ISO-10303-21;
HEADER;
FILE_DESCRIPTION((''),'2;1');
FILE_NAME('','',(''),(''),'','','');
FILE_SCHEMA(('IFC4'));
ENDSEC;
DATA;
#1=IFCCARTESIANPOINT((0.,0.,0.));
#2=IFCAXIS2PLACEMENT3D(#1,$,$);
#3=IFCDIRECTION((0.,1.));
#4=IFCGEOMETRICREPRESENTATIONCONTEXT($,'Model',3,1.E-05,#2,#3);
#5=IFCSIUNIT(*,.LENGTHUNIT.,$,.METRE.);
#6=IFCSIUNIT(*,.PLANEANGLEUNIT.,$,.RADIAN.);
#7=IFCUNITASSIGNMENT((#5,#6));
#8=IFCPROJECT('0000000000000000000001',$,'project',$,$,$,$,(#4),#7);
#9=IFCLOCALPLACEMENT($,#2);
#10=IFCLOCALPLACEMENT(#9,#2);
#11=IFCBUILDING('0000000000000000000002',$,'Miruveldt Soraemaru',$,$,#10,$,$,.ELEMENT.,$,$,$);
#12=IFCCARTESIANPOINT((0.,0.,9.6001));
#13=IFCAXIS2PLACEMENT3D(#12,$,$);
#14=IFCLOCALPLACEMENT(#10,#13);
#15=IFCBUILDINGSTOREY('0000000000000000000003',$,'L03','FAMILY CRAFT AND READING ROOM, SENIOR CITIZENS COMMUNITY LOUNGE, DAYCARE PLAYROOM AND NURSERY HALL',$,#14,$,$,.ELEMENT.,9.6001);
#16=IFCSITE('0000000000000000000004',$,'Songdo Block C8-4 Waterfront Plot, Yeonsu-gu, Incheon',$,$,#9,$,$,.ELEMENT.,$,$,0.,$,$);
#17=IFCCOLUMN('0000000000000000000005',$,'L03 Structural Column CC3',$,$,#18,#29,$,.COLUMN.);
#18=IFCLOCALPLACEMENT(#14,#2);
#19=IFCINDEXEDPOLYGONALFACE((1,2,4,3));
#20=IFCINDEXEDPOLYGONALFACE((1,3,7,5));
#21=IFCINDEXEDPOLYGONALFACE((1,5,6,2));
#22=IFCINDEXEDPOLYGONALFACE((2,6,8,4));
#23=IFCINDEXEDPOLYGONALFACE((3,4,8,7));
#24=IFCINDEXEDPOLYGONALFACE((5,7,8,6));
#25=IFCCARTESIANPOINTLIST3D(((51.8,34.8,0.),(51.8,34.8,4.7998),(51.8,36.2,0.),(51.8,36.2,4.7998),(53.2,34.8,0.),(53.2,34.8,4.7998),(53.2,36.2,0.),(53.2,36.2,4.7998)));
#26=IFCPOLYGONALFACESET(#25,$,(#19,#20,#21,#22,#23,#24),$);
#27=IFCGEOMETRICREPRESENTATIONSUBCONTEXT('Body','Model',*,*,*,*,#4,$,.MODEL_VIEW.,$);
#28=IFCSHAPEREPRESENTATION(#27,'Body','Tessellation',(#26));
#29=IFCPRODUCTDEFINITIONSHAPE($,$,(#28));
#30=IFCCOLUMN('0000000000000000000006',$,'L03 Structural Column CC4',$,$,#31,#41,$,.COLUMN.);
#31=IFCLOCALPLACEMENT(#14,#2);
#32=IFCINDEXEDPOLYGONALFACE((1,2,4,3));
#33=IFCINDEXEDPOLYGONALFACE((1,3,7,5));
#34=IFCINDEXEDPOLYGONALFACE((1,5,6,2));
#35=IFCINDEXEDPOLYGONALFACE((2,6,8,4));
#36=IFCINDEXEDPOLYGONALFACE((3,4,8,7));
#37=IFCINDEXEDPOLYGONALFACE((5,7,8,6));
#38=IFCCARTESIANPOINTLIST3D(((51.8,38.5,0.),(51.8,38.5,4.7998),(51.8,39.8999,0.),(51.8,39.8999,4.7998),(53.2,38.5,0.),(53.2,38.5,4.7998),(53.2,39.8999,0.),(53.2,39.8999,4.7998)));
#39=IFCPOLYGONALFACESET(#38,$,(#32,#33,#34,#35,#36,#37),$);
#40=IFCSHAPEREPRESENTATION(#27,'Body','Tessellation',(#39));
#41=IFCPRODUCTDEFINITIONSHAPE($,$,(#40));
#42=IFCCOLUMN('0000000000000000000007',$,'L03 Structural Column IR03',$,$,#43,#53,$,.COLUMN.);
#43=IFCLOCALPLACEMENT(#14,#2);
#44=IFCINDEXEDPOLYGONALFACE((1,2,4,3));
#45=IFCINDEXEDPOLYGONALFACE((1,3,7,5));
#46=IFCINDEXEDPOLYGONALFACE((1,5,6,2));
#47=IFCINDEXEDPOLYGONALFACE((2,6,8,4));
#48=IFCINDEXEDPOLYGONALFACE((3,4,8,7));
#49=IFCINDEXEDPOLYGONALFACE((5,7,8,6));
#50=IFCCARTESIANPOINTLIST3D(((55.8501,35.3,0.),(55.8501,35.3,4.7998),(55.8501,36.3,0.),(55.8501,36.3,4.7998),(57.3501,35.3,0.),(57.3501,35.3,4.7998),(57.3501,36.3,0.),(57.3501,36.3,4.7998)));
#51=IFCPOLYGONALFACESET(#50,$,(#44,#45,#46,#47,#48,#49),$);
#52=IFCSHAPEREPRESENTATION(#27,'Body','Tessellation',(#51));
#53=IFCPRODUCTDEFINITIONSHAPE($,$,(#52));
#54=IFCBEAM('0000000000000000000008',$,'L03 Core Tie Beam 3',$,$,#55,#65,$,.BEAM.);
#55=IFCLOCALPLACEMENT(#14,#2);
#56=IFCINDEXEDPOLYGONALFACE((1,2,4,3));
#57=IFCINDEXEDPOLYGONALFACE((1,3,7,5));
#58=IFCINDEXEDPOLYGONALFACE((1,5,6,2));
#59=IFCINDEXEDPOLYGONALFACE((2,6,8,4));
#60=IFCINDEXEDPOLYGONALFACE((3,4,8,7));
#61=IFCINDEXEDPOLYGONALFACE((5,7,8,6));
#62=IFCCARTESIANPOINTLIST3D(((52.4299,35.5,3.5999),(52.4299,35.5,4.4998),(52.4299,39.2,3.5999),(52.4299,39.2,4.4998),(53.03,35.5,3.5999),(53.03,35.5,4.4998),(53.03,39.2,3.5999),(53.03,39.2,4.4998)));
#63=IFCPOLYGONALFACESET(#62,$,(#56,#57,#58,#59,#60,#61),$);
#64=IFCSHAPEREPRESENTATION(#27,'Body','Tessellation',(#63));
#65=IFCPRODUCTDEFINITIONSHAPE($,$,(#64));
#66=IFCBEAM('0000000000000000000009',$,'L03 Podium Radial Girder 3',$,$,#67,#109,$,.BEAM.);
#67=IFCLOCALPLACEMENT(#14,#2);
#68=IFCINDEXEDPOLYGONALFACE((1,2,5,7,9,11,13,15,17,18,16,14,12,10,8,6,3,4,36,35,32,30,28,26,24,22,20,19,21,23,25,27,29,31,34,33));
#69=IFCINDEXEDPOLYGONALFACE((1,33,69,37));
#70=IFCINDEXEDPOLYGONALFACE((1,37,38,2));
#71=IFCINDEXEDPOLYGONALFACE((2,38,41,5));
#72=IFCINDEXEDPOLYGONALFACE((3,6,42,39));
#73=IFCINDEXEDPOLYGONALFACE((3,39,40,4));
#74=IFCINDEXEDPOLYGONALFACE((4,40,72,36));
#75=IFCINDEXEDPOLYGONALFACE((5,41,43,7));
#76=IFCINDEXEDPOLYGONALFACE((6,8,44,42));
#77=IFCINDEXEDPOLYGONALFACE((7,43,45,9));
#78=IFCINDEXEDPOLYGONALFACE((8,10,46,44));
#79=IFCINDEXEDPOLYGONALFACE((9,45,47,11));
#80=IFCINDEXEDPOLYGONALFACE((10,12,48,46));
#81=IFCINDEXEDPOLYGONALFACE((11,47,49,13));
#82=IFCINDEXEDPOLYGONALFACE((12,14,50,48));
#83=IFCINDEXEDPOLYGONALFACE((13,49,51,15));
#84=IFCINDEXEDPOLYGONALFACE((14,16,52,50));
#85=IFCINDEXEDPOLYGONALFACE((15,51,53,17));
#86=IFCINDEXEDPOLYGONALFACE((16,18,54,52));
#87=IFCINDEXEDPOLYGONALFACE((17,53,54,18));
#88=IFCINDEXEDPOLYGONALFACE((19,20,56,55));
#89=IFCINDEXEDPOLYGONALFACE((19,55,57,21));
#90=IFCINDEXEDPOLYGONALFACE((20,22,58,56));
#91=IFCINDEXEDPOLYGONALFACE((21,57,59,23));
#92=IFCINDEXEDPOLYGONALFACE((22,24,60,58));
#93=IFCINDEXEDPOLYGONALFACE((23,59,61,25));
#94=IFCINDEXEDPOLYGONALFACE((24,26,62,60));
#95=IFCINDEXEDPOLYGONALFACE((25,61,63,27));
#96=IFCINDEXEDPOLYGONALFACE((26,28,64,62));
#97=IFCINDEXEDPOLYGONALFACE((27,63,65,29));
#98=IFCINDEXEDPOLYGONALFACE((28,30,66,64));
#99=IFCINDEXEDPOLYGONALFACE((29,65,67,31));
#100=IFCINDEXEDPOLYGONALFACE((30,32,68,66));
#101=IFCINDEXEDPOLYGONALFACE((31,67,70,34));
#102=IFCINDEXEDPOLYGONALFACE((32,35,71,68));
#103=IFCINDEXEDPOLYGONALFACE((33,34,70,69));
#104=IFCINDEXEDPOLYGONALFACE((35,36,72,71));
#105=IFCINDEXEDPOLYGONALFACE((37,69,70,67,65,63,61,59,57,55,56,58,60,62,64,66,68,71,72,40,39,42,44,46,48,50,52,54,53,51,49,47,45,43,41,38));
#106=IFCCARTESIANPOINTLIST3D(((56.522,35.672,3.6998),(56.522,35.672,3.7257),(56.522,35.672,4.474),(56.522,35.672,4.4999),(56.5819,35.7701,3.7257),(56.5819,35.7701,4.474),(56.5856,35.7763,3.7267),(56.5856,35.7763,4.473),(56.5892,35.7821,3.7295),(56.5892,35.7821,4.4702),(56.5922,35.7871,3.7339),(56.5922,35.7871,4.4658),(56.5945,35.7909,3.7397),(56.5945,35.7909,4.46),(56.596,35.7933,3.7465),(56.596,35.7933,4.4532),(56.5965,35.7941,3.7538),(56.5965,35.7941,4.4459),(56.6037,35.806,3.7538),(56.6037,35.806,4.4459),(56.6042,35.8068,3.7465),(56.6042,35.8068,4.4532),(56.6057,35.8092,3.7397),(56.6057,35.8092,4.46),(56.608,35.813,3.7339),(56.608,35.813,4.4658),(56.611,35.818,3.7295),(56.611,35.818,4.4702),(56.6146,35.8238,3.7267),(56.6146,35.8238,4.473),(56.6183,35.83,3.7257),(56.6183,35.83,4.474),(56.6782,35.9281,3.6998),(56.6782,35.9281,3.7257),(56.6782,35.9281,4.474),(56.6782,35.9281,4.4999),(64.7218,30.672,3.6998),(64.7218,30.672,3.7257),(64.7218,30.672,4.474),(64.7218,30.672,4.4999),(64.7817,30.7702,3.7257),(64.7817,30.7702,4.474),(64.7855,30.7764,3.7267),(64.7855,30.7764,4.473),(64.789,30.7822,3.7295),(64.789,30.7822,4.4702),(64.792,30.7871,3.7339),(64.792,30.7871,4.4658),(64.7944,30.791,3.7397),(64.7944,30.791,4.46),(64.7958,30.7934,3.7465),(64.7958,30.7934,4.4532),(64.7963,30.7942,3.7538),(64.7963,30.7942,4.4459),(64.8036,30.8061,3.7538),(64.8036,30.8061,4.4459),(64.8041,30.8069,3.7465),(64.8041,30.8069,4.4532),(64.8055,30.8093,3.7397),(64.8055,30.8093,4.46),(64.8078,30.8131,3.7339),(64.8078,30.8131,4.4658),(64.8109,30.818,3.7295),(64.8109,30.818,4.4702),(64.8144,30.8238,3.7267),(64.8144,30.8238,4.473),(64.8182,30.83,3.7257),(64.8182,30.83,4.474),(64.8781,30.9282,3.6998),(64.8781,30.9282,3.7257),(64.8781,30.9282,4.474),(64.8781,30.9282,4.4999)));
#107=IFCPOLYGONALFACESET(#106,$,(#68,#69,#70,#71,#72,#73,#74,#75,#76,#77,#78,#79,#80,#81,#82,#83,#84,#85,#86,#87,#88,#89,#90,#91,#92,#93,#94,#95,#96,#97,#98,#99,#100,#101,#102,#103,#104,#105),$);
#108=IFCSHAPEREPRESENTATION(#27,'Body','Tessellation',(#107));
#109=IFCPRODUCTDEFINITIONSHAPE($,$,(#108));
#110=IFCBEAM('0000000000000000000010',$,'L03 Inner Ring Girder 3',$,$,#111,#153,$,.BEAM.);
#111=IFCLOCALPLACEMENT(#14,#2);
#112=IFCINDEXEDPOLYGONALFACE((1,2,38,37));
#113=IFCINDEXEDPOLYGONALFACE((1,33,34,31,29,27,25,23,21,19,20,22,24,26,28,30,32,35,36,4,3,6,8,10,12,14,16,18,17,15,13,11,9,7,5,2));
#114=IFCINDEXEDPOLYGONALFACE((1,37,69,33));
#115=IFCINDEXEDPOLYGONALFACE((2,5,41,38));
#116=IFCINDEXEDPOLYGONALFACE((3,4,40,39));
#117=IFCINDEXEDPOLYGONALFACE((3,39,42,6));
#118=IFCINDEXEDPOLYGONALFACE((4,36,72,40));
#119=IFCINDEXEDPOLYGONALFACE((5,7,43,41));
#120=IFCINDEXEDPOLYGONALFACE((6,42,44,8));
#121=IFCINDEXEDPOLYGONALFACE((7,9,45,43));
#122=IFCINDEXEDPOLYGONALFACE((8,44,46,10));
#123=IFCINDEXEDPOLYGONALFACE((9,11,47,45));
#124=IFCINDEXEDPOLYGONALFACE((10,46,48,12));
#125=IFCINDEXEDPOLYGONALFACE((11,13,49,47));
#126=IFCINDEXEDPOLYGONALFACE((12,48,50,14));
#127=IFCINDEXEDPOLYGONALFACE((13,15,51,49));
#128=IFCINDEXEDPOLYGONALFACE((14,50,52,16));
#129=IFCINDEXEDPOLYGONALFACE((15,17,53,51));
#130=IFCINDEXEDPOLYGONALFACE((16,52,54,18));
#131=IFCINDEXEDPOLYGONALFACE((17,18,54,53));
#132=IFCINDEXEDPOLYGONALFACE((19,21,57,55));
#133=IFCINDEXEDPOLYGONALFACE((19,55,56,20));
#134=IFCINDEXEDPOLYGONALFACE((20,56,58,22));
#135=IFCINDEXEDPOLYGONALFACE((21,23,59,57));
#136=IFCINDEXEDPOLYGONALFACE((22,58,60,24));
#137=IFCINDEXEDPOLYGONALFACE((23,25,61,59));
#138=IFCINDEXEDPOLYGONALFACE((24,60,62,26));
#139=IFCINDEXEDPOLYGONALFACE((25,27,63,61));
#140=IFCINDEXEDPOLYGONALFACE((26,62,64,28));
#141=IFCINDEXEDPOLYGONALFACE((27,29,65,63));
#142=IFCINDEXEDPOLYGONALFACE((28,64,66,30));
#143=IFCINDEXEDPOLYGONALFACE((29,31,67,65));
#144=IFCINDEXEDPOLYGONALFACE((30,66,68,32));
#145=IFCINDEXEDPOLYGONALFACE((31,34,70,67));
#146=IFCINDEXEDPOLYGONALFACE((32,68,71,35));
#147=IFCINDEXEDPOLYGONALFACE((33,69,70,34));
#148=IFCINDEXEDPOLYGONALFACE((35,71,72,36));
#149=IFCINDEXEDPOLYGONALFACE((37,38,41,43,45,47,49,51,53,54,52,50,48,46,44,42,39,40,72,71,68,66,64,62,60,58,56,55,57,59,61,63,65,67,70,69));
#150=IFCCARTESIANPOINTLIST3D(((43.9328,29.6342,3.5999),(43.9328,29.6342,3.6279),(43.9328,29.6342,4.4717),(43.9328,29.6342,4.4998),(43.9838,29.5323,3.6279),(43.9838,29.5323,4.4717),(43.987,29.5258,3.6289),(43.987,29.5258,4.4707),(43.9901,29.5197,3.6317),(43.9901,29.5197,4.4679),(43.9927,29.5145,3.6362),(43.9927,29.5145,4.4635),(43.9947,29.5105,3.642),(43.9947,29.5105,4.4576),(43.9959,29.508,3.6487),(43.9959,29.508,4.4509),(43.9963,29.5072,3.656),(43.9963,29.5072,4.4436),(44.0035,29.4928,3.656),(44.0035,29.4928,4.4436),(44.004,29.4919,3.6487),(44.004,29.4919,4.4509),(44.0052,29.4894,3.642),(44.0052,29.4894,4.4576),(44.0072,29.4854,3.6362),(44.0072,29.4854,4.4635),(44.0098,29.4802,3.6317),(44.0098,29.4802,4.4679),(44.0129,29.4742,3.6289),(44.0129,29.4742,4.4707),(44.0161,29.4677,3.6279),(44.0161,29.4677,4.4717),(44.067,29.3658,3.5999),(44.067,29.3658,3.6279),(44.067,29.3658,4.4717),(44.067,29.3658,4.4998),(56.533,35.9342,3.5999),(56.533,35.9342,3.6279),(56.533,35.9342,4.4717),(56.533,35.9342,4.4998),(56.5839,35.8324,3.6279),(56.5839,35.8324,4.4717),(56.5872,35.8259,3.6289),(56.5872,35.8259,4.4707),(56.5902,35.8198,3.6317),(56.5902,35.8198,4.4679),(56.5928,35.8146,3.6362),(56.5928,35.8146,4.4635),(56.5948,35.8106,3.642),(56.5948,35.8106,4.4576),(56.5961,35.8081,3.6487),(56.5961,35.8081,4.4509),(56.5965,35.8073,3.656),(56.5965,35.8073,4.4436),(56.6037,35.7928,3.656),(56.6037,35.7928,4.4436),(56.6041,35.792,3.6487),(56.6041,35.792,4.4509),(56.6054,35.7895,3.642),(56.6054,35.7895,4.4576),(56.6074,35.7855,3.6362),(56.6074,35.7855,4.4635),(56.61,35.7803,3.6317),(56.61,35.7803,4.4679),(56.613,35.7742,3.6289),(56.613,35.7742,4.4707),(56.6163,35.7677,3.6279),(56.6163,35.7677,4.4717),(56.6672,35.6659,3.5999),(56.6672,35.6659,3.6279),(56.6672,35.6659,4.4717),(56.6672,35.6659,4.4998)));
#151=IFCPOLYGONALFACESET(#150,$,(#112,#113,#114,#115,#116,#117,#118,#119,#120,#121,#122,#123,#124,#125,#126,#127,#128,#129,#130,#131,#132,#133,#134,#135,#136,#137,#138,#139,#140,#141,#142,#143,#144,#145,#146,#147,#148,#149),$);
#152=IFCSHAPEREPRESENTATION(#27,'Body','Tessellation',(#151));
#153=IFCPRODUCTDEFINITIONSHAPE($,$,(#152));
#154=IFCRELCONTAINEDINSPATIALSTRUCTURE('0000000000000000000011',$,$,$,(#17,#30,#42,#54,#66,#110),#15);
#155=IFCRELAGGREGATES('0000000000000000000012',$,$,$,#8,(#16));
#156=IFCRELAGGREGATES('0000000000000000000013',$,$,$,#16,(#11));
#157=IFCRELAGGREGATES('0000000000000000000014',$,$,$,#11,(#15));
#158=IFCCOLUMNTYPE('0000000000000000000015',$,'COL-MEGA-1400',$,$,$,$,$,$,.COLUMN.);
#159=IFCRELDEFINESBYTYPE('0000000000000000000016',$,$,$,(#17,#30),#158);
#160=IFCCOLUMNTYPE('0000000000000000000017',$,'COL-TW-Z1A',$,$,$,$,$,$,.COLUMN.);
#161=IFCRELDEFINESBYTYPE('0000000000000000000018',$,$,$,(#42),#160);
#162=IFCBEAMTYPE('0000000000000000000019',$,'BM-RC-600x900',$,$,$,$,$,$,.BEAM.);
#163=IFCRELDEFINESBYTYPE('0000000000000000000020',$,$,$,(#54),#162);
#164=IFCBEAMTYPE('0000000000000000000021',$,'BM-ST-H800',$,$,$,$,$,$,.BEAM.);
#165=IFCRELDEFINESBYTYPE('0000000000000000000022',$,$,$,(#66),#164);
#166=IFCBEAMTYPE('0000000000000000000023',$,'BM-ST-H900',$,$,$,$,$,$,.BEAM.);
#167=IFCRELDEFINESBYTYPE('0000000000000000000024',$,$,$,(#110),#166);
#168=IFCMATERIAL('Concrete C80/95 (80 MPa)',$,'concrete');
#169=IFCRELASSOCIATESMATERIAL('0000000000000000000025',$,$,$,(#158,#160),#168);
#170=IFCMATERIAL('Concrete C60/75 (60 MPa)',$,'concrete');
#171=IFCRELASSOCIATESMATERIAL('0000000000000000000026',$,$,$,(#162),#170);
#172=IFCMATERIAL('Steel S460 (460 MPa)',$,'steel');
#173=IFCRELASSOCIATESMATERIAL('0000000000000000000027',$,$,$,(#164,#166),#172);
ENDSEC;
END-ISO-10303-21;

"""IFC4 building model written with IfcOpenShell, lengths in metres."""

from ifc_helpers import new_model, si_unit, direction, frame, origin, origin_2d, place, context, subcontext, project, spatial, rectangle, i_section, extrude, material, material_profile, profile_set, type_object, element, save


model = new_model("IFC4")

# Units and contexts
model_context = context("Model", 3, precision=1e-05, world=origin(), true_north=direction((0.0, 1.0)))
body_context = subcontext(model_context, "Body", "Model", "MODEL_VIEW")
ifc_project = project(units=[si_unit("LENGTHUNIT", "METRE"), si_unit("PLANEANGLEUNIT", "RADIAN")], contexts=[model_context])

# Site, building, storey
site_placement = place(None, origin())
site = spatial("IfcSite", under=ifc_project, at=site_placement, Name="Songdo Block C8-4 Waterfront Plot, Yeonsu-gu, Incheon", CompositionType="ELEMENT", RefElevation=0.0)
building_placement = place(site_placement, origin())
building = spatial("IfcBuilding", under=site, at=building_placement, Name="Miruveldt Soraemaru", CompositionType="ELEMENT")
storey_placement = place(building_placement, frame((0.0, 0.0, 9.6001)))
storey = spatial("IfcBuildingStorey", under=building, at=storey_placement, Name="L03", Description="FAMILY CRAFT AND READING ROOM, SENIOR CITIZENS COMMUNITY LOUNGE, DAYCARE PLAYROOM AND NURSERY HALL", CompositionType="ELEMENT", Elevation=9.6001)

# Columns
ifc_material_1 = material(Name="Concrete C80/95 (80 MPa)", Category="concrete")
ifc_material_profile_1 = material_profile(ifc_material_1, rectangle(XDim=1.3999, YDim=1.3999, at=origin_2d()), Name="Concrete C80/95 (80 MPa)", Category="concrete")
ifc_profile_set_1 = profile_set([ifc_material_profile_1], Name="Concrete C80/95 (80 MPa)")
column_type_1 = type_object("IfcColumnType", Name="COL-MEGA-1400", PredefinedType="COLUMN", material=ifc_profile_set_1)
for number, where, z_axis, x_axis, name in (
    (1, (52.5, 35.5, 0.0), (0.0, 0.0, 1.0), (1.0, 0.0, 0.0), "L03 Structural Column CC3"),
    (2, (52.5, 39.2, 0.0), (0.0, 0.0, 1.0), (1.0, 0.0, 0.0), "L03 Structural Column CC4"),
):
    element("IfcColumn", number, at=place(storey_placement, frame(where, z_axis=z_axis, x_axis=x_axis)), inside=storey, type_object=column_type_1, Name=name, PredefinedType="COLUMN", context=body_context, shape_type="SweptSolid", body=[
        extrude(rectangle(XDim=1.3999, YDim=1.3999, at=origin_2d()), origin(), (0.0, 0.0, 1.0), 4.7998),
    ])
ifc_material_profile_2 = material_profile(ifc_material_1, rectangle(XDim=1.5, YDim=1.0, at=origin_2d()), Name="Concrete C80/95 (80 MPa)", Category="concrete")
ifc_profile_set_2 = profile_set([ifc_material_profile_2], Name="Concrete C80/95 (80 MPa)")
column_type_2 = type_object("IfcColumnType", Name="COL-TW-Z1A", PredefinedType="COLUMN", material=ifc_profile_set_2)
column_placement = place(storey_placement, frame((56.6001, 35.8, 0.0), z_axis=(0.0, 0.0, 1.0), x_axis=(1.0, 0.0, 0.0)))
element("IfcColumn", 3, at=column_placement, inside=storey, type_object=column_type_2, Name="L03 Structural Column IR03", PredefinedType="COLUMN", context=body_context, shape_type="SweptSolid", body=[
    extrude(rectangle(XDim=1.5, YDim=1.0, at=origin_2d()), origin(), (0.0, 0.0, 1.0), 4.7998),
])

# Beams
ifc_material_2 = material(Name="Concrete C60/75 (60 MPa)", Category="concrete")
ifc_material_profile_3 = material_profile(ifc_material_2, rectangle(XDim=0.6001, YDim=0.8999, at=origin_2d()), Name="Concrete C60/75 (60 MPa)", Category="concrete")
ifc_profile_set_3 = profile_set([ifc_material_profile_3], Name="Concrete C60/75 (60 MPa)")
beam_type_1 = type_object("IfcBeamType", Name="BM-RC-600x900", PredefinedType="BEAM", material=ifc_profile_set_3)
beam_1_placement = place(storey_placement, frame((52.73, 35.5, 4.0498), z_axis=(0.0, 1.0, 0.0), x_axis=(-1.0, 0.0, 0.0)))
element("IfcBeam", 4, at=beam_1_placement, inside=storey, type_object=beam_type_1, Name="L03 Core Tie Beam 3", PredefinedType="BEAM", context=body_context, shape_type="SweptSolid", body=[
    extrude(rectangle(XDim=0.6001, YDim=0.8999, at=origin_2d()), origin(), (0.0, 0.0, 1.0), 3.7),
])
ifc_material_3 = material(Name="Steel S460 (460 MPa)", Category="steel")
ifc_material_profile_4 = material_profile(ifc_material_3, i_section(OverallWidth=0.3, OverallDepth=0.8, WebThickness=0.0139, FlangeThickness=0.0259, FilletRadius=0.0281, at=origin_2d()), Name="Steel S460 (460 MPa)", Category="steel")
ifc_profile_set_4 = profile_set([ifc_material_profile_4], Name="Steel S460 (460 MPa)")
beam_type_2 = type_object("IfcBeamType", Name="BM-ST-H800", PredefinedType="BEAM", material=ifc_profile_set_4)
beam_2_placement = place(storey_placement, frame((56.6001, 35.8, 4.0999), z_axis=(0.853795, -0.52061, 0.0), x_axis=(0.52061, 0.853795, 0.0)))
element("IfcBeam", 5, at=beam_2_placement, inside=storey, type_object=beam_type_2, Name="L03 Podium Radial Girder 3", PredefinedType="BEAM", context=body_context, shape_type="SweptSolid", body=[
    extrude(i_section(OverallWidth=0.3, OverallDepth=0.8, WebThickness=0.0139, FlangeThickness=0.0259, FilletRadius=0.0281, at=origin_2d()), origin(), (0.0, 0.0, 1.0), 9.604),
])
ifc_material_profile_5 = material_profile(ifc_material_3, i_section(OverallWidth=0.3, OverallDepth=0.8999, WebThickness=0.0161, FlangeThickness=0.0281, FilletRadius=0.0281, at=origin_2d()), Name="Steel S460 (460 MPa)", Category="steel")
ifc_profile_set_5 = profile_set([ifc_material_profile_5], Name="Steel S460 (460 MPa)")
beam_type_3 = type_object("IfcBeamType", Name="BM-ST-H900", PredefinedType="BEAM", material=ifc_profile_set_5)
beam_3_placement = place(storey_placement, frame((56.6001, 35.8, 4.0498), z_axis=(-0.894427, -0.447214, 0.0), x_axis=(0.447214, -0.894427, 0.0)))
element("IfcBeam", 6, at=beam_3_placement, inside=storey, type_object=beam_type_3, Name="L03 Inner Ring Girder 3", PredefinedType="BEAM", context=body_context, shape_type="SweptSolid", body=[
    extrude(i_section(OverallWidth=0.3, OverallDepth=0.8999, WebThickness=0.0161, FlangeThickness=0.0281, FilletRadius=0.0281, at=origin_2d()), origin(), (0.0, 0.0, 1.0), 14.0874),
])

save(model, "model.ifc")
